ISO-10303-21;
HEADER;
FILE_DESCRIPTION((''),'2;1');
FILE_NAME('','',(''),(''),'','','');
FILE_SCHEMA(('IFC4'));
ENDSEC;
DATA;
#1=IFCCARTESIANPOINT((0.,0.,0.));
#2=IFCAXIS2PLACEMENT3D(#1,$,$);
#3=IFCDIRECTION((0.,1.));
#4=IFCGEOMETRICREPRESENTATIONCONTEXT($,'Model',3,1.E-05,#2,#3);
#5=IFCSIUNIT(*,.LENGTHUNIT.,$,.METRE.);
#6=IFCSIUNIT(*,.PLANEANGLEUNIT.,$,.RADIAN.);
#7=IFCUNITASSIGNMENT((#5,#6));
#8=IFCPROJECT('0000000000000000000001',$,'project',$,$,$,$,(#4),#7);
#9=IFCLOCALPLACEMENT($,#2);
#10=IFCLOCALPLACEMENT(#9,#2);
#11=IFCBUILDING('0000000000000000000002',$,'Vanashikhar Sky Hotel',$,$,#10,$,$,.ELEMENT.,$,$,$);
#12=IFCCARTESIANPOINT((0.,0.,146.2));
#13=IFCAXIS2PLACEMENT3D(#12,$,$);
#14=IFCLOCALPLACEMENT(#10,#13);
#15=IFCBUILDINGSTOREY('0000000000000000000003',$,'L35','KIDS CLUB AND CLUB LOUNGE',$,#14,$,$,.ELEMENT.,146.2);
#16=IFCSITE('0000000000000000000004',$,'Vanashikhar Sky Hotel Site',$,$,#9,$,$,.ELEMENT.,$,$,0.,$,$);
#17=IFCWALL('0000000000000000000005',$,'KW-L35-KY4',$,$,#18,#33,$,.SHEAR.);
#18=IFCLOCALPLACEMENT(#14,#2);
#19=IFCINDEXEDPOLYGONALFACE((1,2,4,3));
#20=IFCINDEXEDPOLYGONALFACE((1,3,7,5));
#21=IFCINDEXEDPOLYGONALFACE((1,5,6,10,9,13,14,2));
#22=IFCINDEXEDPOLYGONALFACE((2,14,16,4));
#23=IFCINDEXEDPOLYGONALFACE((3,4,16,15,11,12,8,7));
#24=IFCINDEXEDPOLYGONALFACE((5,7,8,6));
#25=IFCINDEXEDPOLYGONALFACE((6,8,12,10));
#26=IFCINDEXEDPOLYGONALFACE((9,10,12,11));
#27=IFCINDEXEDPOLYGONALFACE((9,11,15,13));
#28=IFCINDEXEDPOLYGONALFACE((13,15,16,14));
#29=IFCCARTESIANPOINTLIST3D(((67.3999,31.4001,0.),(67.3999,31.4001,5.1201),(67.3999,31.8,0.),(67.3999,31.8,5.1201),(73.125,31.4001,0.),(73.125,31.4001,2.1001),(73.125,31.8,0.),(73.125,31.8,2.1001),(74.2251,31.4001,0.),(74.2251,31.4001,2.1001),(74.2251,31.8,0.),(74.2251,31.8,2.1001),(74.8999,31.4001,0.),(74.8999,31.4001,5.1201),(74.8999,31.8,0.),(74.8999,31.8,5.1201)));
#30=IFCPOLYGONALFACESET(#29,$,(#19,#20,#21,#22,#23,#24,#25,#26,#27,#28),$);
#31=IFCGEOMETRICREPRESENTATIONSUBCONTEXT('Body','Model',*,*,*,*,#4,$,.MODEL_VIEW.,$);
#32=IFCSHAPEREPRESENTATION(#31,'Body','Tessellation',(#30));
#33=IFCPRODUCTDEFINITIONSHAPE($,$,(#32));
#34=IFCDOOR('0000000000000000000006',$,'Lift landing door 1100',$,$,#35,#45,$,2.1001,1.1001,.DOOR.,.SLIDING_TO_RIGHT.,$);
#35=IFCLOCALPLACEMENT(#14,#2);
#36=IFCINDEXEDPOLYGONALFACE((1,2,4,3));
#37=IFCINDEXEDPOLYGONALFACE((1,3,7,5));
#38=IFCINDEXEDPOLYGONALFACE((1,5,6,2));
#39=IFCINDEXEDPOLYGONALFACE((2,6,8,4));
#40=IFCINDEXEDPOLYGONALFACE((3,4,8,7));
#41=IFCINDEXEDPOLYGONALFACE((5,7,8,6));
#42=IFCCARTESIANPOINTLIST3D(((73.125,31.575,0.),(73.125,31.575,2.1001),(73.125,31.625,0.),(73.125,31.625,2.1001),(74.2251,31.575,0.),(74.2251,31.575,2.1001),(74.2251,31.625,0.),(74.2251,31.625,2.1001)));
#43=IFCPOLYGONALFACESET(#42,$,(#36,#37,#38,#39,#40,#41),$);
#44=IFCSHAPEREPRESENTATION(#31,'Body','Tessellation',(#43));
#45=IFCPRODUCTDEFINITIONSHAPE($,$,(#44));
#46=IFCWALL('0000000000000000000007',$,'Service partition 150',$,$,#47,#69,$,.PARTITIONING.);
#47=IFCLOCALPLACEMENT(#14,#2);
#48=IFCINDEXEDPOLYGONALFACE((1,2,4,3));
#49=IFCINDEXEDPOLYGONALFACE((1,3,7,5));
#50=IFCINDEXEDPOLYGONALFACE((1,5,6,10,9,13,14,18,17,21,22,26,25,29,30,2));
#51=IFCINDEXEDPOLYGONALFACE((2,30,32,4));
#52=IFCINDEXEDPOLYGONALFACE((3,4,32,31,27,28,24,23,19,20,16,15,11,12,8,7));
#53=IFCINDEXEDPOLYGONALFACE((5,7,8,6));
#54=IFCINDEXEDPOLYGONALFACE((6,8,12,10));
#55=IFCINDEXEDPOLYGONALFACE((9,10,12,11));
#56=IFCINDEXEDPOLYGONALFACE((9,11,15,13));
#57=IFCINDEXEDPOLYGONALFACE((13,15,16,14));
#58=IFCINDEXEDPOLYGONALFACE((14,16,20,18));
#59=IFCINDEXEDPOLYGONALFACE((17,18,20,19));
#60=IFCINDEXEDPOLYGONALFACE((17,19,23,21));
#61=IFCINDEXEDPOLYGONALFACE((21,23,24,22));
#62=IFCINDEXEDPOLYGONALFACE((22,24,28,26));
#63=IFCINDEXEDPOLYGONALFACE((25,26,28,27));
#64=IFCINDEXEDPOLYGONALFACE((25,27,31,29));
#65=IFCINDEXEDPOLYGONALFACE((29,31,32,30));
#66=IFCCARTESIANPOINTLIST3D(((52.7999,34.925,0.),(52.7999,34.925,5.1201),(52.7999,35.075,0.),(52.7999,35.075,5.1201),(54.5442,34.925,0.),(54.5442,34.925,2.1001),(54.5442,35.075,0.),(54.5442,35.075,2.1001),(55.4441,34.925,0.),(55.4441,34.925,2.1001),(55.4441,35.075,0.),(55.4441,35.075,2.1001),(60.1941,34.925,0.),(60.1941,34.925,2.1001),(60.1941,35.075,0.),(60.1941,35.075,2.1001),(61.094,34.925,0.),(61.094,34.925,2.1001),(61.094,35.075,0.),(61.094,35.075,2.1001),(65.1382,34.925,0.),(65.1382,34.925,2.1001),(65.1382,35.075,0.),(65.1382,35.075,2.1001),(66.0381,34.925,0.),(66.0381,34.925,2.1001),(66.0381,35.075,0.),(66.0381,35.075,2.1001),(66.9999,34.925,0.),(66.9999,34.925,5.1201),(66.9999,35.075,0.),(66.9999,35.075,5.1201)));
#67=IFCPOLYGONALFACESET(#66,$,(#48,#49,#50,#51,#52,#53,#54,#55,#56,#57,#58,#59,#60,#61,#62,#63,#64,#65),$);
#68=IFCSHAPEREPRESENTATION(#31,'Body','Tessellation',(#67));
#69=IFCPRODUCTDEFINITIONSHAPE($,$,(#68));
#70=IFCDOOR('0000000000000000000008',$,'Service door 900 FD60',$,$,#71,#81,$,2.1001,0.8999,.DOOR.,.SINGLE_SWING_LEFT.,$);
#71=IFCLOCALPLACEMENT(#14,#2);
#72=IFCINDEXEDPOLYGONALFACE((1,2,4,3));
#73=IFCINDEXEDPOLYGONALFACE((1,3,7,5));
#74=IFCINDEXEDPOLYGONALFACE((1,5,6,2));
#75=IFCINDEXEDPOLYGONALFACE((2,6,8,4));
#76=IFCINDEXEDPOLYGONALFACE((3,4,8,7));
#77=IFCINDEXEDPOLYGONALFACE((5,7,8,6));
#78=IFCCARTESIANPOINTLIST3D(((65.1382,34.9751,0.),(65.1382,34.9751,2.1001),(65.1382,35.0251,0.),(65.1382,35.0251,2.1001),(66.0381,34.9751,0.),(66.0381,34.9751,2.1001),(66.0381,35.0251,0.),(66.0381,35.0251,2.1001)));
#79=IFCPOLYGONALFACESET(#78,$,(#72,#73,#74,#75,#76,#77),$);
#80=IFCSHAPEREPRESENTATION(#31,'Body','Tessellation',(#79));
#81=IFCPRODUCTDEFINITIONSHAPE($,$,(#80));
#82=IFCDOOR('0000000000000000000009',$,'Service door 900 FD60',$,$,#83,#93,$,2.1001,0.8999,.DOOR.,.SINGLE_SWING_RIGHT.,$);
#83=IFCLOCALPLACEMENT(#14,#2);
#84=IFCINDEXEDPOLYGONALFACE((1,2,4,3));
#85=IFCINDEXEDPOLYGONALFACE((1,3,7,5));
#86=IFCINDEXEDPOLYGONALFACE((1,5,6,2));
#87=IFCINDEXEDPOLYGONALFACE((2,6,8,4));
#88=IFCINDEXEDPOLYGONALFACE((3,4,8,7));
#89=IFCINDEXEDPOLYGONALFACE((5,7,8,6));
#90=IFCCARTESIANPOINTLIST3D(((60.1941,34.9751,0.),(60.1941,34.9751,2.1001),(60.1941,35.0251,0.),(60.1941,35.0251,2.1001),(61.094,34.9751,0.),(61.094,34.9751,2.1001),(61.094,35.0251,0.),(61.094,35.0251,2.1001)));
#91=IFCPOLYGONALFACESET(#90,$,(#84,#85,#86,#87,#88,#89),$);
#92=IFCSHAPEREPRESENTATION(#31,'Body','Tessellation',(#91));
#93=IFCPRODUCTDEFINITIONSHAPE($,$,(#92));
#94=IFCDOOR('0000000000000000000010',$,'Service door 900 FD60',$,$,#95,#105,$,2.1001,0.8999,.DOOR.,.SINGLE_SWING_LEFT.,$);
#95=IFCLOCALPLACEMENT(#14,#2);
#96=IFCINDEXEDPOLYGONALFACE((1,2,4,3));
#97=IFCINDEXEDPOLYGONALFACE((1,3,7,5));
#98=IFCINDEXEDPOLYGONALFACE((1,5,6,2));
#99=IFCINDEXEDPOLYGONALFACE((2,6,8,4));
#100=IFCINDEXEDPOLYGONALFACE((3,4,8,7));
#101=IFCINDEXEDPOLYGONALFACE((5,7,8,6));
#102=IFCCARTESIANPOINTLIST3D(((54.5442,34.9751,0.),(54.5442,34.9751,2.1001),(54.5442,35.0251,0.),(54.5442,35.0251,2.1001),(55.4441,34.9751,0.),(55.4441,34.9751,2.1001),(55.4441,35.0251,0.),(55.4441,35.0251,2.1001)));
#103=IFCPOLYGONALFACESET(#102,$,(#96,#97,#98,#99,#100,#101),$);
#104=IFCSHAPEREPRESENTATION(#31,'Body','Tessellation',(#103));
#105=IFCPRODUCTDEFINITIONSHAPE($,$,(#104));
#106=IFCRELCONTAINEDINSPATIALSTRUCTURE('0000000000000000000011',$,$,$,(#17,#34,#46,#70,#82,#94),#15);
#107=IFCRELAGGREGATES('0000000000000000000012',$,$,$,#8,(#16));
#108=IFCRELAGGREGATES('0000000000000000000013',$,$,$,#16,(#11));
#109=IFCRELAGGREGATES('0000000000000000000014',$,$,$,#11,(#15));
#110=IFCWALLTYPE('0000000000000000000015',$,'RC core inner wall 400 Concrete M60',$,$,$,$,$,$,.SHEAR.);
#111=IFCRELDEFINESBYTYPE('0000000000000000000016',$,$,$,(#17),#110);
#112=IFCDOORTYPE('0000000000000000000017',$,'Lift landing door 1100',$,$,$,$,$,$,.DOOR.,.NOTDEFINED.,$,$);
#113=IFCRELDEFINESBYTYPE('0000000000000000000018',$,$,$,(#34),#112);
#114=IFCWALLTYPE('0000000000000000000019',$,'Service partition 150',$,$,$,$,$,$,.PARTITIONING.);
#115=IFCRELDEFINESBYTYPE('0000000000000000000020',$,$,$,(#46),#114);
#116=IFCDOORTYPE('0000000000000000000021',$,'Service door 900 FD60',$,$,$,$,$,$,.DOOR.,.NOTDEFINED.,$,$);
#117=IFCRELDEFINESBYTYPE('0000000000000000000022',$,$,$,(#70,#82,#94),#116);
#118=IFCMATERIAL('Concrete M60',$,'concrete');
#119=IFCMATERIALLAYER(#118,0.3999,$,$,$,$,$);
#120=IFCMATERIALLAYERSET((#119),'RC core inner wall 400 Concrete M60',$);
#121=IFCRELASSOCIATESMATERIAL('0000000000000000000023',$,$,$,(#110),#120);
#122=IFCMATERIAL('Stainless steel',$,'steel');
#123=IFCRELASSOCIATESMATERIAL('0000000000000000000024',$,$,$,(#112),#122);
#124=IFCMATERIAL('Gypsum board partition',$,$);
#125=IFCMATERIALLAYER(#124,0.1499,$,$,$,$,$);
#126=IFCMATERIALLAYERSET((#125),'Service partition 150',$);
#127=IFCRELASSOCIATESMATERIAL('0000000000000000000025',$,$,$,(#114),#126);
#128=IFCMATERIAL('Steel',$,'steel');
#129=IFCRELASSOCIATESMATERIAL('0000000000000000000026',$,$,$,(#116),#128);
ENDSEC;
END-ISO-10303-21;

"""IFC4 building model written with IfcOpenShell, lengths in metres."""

from ifc_helpers import new_model, si_unit, direction, frame, frame_2d, origin, place, context, subcontext, project, spatial, rectangle, extrude, source, transform, mapped, material, layer, layer_set, type_object, element, fill, save


model = new_model("IFC4")

# Units and contexts
model_context = context("Model", 3, precision=1e-05, world=origin(), true_north=direction((0.0, 1.0)))
body_context = subcontext(model_context, "Body", "Model", "MODEL_VIEW")
ifc_project = project(units=[si_unit("LENGTHUNIT", "METRE"), si_unit("PLANEANGLEUNIT", "RADIAN")], contexts=[model_context])

# Site, building, storey
site_placement = place(None, origin())
site = spatial("IfcSite", under=ifc_project, at=site_placement, Name="Vanashikhar Sky Hotel Site", CompositionType="ELEMENT", RefElevation=0.0)
building_placement = place(site_placement, origin())
building = spatial("IfcBuilding", under=site, at=building_placement, Name="Vanashikhar Sky Hotel", CompositionType="ELEMENT")
storey_placement = place(building_placement, frame((0.0, 0.0, 146.2)))
storey = spatial("IfcBuildingStorey", under=building, at=storey_placement, Name="L35", Description="KIDS CLUB AND CLUB LOUNGE", CompositionType="ELEMENT", Elevation=146.2)

# Wall, opening, door
ifc_material_1 = material(Name="Concrete M60", Category="concrete")
ifc_layer_1 = layer(ifc_material_1, 0.3999)
ifc_layer_set_1 = layer_set([ifc_layer_1], Name="RC core inner wall 400 Concrete M60")
wall_type_1 = type_object("IfcWallType", Name="RC core inner wall 400 Concrete M60", PredefinedType="SHEAR", material=ifc_layer_set_1)
shared_shape_1 = source(origin(), body_context, "Body", "SweptSolid", [
    extrude(rectangle(XDim=7.5, YDim=0.3999, at=frame_2d((3.75, 0.0))), origin(), (0.0, 0.0, 1.0), 5.1201),
])
wall_1_placement = place(storey_placement, frame((67.3999, 31.6001, 0.0), z_axis=(0.0, 0.0, 1.0), x_axis=(1.0, 0.0, 0.0)))
wall_1 = element("IfcWall", 1, at=wall_1_placement, inside=storey, type_object=wall_type_1, Name="KW-L35-KY4", PredefinedType="SHEAR", context=body_context, shape_type="MappedRepresentation", body=[
    mapped(shared_shape_1, transform((0.0, 0.0, 0.0), scale=1.0)),
])
shared_shape_2 = source(origin(), body_context, "Body", "SweptSolid", [
    extrude(rectangle(XDim=1.1001, YDim=2.1001, at=frame_2d((0.55, 1.05))), frame((0.0, 0.21, 0.0), z_axis=(0.0, -1.0, 0.0), x_axis=(1.0, 0.0, 0.0)), (0.0, 0.0, 1.0), 0.4199),
])
opening_1_placement = place(wall_1_placement, frame((5.7251, 0.0, 0.0)))
opening_1 = element("IfcOpeningElement", 2, at=opening_1_placement, cuts=wall_1, PredefinedType="OPENING", context=body_context, shape_type="MappedRepresentation", body=[
    mapped(shared_shape_2, transform((0.0, 0.0, 0.0), scale=1.0)),
])
ifc_material_2 = material(Name="Stainless steel", Category="steel")
door_type_1 = type_object("IfcDoorType", Name="Lift landing door 1100", OperationType="NOTDEFINED", PredefinedType="DOOR", material=ifc_material_2)
shared_shape_3 = source(origin(), body_context, "Body", "SweptSolid", [
    extrude(rectangle(XDim=1.1001, YDim=2.1001, at=frame_2d((0.55, 1.05))), frame((0.0, 0.0249, 0.0), z_axis=(0.0, -1.0, 0.0), x_axis=(1.0, 0.0, 0.0)), (0.0, 0.0, 1.0), 0.05),
])
door_1_placement = place(opening_1_placement, origin())
door_1 = element("IfcDoor", 3, at=door_1_placement, inside=storey, type_object=door_type_1, Name="Lift landing door 1100", OperationType="SLIDING_TO_RIGHT", OverallHeight=2.1001, OverallWidth=1.1001, PredefinedType="DOOR", context=body_context, shape_type="MappedRepresentation", body=[
    mapped(shared_shape_3, transform((0.0, 0.0, 0.0), scale=1.0)),
])
fill(opening_1, door_1)

# Wall, openings, doors
ifc_material_3 = material(Name="Gypsum board partition")
ifc_layer_2 = layer(ifc_material_3, 0.1499)
ifc_layer_set_2 = layer_set([ifc_layer_2], Name="Service partition 150")
wall_type_2 = type_object("IfcWallType", Name="Service partition 150", PredefinedType="PARTITIONING", material=ifc_layer_set_2)
shared_shape_4 = source(origin(), body_context, "Body", "SweptSolid", [
    extrude(rectangle(XDim=14.2, YDim=0.1499, at=frame_2d((7.1001, 0.0))), origin(), (0.0, 0.0, 1.0), 5.1201),
])
wall_2_placement = place(storey_placement, frame((67.0, 35.0, 0.0), z_axis=(0.0, 0.0, 1.0), x_axis=(-1.0, 0.0, 0.0)))
wall_2 = element("IfcWall", 4, at=wall_2_placement, inside=storey, type_object=wall_type_2, Name="Service partition 150", PredefinedType="PARTITIONING", context=body_context, shape_type="MappedRepresentation", body=[
    mapped(shared_shape_4, transform((0.0, 0.0, 0.0), scale=1.0)),
])
shared_shape_5 = source(origin(), body_context, "Body", "SweptSolid", [
    extrude(rectangle(XDim=0.8999, YDim=2.1001, at=frame_2d((0.45, 1.05))), frame((0.0, 0.085, 0.0), z_axis=(0.0, -1.0, 0.0), x_axis=(1.0, 0.0, 0.0)), (0.0, 0.0, 1.0), 0.1699),
])
opening_2_placement = place(wall_2_placement, frame((0.9619, 0.0, 0.0)))
opening_2 = element("IfcOpeningElement", 5, at=opening_2_placement, cuts=wall_2, PredefinedType="OPENING", context=body_context, shape_type="MappedRepresentation", body=[
    mapped(shared_shape_5, transform((0.0, 0.0, 0.0), scale=1.0)),
])
opening_3_placement = place(wall_2_placement, frame((5.906, 0.0, 0.0)))
opening_3 = element("IfcOpeningElement", 6, at=opening_3_placement, cuts=wall_2, PredefinedType="OPENING", context=body_context, shape_type="MappedRepresentation", body=[
    mapped(shared_shape_5, transform((0.0, 0.0, 0.0), scale=1.0)),
])
opening_4_placement = place(wall_2_placement, frame((11.5559, 0.0, 0.0)))
opening_4 = element("IfcOpeningElement", 7, at=opening_4_placement, cuts=wall_2, PredefinedType="OPENING", context=body_context, shape_type="MappedRepresentation", body=[
    mapped(shared_shape_5, transform((0.0, 0.0, 0.0), scale=1.0)),
])
ifc_material_4 = material(Name="Steel", Category="steel")
door_type_2 = type_object("IfcDoorType", Name="Service door 900 FD60", OperationType="NOTDEFINED", PredefinedType="DOOR", material=ifc_material_4)
shared_shape_6 = source(origin(), body_context, "Body", "SweptSolid", [
    extrude(rectangle(XDim=0.8999, YDim=2.1001, at=frame_2d((0.45, 1.05))), frame((0.0, 0.0249, 0.0), z_axis=(0.0, -1.0, 0.0), x_axis=(1.0, 0.0, 0.0)), (0.0, 0.0, 1.0), 0.05),
])
door_2_placement = place(opening_2_placement, origin())
door_2 = element("IfcDoor", 8, at=door_2_placement, inside=storey, type_object=door_type_2, Name="Service door 900 FD60", OperationType="SINGLE_SWING_LEFT", OverallHeight=2.1001, OverallWidth=0.8999, PredefinedType="DOOR", context=body_context, shape_type="MappedRepresentation", body=[
    mapped(shared_shape_6, transform((0.0, 0.0, 0.0), scale=1.0)),
])
fill(opening_2, door_2)
door_3_placement = place(opening_3_placement, origin())
door_3 = element("IfcDoor", 9, at=door_3_placement, inside=storey, type_object=door_type_2, Name="Service door 900 FD60", OperationType="SINGLE_SWING_RIGHT", OverallHeight=2.1001, OverallWidth=0.8999, PredefinedType="DOOR", context=body_context, shape_type="MappedRepresentation", body=[
    mapped(shared_shape_6, transform((0.0, 0.0, 0.0), scale=1.0)),
])
fill(opening_3, door_3)
door_4_placement = place(opening_4_placement, origin())
door_4 = element("IfcDoor", 10, at=door_4_placement, inside=storey, type_object=door_type_2, Name="Service door 900 FD60", OperationType="SINGLE_SWING_LEFT", OverallHeight=2.1001, OverallWidth=0.8999, PredefinedType="DOOR", context=body_context, shape_type="MappedRepresentation", body=[
    mapped(shared_shape_6, transform((0.0, 0.0, 0.0), scale=1.0)),
])
fill(opening_4, door_4)

save(model, "model.ifc")
